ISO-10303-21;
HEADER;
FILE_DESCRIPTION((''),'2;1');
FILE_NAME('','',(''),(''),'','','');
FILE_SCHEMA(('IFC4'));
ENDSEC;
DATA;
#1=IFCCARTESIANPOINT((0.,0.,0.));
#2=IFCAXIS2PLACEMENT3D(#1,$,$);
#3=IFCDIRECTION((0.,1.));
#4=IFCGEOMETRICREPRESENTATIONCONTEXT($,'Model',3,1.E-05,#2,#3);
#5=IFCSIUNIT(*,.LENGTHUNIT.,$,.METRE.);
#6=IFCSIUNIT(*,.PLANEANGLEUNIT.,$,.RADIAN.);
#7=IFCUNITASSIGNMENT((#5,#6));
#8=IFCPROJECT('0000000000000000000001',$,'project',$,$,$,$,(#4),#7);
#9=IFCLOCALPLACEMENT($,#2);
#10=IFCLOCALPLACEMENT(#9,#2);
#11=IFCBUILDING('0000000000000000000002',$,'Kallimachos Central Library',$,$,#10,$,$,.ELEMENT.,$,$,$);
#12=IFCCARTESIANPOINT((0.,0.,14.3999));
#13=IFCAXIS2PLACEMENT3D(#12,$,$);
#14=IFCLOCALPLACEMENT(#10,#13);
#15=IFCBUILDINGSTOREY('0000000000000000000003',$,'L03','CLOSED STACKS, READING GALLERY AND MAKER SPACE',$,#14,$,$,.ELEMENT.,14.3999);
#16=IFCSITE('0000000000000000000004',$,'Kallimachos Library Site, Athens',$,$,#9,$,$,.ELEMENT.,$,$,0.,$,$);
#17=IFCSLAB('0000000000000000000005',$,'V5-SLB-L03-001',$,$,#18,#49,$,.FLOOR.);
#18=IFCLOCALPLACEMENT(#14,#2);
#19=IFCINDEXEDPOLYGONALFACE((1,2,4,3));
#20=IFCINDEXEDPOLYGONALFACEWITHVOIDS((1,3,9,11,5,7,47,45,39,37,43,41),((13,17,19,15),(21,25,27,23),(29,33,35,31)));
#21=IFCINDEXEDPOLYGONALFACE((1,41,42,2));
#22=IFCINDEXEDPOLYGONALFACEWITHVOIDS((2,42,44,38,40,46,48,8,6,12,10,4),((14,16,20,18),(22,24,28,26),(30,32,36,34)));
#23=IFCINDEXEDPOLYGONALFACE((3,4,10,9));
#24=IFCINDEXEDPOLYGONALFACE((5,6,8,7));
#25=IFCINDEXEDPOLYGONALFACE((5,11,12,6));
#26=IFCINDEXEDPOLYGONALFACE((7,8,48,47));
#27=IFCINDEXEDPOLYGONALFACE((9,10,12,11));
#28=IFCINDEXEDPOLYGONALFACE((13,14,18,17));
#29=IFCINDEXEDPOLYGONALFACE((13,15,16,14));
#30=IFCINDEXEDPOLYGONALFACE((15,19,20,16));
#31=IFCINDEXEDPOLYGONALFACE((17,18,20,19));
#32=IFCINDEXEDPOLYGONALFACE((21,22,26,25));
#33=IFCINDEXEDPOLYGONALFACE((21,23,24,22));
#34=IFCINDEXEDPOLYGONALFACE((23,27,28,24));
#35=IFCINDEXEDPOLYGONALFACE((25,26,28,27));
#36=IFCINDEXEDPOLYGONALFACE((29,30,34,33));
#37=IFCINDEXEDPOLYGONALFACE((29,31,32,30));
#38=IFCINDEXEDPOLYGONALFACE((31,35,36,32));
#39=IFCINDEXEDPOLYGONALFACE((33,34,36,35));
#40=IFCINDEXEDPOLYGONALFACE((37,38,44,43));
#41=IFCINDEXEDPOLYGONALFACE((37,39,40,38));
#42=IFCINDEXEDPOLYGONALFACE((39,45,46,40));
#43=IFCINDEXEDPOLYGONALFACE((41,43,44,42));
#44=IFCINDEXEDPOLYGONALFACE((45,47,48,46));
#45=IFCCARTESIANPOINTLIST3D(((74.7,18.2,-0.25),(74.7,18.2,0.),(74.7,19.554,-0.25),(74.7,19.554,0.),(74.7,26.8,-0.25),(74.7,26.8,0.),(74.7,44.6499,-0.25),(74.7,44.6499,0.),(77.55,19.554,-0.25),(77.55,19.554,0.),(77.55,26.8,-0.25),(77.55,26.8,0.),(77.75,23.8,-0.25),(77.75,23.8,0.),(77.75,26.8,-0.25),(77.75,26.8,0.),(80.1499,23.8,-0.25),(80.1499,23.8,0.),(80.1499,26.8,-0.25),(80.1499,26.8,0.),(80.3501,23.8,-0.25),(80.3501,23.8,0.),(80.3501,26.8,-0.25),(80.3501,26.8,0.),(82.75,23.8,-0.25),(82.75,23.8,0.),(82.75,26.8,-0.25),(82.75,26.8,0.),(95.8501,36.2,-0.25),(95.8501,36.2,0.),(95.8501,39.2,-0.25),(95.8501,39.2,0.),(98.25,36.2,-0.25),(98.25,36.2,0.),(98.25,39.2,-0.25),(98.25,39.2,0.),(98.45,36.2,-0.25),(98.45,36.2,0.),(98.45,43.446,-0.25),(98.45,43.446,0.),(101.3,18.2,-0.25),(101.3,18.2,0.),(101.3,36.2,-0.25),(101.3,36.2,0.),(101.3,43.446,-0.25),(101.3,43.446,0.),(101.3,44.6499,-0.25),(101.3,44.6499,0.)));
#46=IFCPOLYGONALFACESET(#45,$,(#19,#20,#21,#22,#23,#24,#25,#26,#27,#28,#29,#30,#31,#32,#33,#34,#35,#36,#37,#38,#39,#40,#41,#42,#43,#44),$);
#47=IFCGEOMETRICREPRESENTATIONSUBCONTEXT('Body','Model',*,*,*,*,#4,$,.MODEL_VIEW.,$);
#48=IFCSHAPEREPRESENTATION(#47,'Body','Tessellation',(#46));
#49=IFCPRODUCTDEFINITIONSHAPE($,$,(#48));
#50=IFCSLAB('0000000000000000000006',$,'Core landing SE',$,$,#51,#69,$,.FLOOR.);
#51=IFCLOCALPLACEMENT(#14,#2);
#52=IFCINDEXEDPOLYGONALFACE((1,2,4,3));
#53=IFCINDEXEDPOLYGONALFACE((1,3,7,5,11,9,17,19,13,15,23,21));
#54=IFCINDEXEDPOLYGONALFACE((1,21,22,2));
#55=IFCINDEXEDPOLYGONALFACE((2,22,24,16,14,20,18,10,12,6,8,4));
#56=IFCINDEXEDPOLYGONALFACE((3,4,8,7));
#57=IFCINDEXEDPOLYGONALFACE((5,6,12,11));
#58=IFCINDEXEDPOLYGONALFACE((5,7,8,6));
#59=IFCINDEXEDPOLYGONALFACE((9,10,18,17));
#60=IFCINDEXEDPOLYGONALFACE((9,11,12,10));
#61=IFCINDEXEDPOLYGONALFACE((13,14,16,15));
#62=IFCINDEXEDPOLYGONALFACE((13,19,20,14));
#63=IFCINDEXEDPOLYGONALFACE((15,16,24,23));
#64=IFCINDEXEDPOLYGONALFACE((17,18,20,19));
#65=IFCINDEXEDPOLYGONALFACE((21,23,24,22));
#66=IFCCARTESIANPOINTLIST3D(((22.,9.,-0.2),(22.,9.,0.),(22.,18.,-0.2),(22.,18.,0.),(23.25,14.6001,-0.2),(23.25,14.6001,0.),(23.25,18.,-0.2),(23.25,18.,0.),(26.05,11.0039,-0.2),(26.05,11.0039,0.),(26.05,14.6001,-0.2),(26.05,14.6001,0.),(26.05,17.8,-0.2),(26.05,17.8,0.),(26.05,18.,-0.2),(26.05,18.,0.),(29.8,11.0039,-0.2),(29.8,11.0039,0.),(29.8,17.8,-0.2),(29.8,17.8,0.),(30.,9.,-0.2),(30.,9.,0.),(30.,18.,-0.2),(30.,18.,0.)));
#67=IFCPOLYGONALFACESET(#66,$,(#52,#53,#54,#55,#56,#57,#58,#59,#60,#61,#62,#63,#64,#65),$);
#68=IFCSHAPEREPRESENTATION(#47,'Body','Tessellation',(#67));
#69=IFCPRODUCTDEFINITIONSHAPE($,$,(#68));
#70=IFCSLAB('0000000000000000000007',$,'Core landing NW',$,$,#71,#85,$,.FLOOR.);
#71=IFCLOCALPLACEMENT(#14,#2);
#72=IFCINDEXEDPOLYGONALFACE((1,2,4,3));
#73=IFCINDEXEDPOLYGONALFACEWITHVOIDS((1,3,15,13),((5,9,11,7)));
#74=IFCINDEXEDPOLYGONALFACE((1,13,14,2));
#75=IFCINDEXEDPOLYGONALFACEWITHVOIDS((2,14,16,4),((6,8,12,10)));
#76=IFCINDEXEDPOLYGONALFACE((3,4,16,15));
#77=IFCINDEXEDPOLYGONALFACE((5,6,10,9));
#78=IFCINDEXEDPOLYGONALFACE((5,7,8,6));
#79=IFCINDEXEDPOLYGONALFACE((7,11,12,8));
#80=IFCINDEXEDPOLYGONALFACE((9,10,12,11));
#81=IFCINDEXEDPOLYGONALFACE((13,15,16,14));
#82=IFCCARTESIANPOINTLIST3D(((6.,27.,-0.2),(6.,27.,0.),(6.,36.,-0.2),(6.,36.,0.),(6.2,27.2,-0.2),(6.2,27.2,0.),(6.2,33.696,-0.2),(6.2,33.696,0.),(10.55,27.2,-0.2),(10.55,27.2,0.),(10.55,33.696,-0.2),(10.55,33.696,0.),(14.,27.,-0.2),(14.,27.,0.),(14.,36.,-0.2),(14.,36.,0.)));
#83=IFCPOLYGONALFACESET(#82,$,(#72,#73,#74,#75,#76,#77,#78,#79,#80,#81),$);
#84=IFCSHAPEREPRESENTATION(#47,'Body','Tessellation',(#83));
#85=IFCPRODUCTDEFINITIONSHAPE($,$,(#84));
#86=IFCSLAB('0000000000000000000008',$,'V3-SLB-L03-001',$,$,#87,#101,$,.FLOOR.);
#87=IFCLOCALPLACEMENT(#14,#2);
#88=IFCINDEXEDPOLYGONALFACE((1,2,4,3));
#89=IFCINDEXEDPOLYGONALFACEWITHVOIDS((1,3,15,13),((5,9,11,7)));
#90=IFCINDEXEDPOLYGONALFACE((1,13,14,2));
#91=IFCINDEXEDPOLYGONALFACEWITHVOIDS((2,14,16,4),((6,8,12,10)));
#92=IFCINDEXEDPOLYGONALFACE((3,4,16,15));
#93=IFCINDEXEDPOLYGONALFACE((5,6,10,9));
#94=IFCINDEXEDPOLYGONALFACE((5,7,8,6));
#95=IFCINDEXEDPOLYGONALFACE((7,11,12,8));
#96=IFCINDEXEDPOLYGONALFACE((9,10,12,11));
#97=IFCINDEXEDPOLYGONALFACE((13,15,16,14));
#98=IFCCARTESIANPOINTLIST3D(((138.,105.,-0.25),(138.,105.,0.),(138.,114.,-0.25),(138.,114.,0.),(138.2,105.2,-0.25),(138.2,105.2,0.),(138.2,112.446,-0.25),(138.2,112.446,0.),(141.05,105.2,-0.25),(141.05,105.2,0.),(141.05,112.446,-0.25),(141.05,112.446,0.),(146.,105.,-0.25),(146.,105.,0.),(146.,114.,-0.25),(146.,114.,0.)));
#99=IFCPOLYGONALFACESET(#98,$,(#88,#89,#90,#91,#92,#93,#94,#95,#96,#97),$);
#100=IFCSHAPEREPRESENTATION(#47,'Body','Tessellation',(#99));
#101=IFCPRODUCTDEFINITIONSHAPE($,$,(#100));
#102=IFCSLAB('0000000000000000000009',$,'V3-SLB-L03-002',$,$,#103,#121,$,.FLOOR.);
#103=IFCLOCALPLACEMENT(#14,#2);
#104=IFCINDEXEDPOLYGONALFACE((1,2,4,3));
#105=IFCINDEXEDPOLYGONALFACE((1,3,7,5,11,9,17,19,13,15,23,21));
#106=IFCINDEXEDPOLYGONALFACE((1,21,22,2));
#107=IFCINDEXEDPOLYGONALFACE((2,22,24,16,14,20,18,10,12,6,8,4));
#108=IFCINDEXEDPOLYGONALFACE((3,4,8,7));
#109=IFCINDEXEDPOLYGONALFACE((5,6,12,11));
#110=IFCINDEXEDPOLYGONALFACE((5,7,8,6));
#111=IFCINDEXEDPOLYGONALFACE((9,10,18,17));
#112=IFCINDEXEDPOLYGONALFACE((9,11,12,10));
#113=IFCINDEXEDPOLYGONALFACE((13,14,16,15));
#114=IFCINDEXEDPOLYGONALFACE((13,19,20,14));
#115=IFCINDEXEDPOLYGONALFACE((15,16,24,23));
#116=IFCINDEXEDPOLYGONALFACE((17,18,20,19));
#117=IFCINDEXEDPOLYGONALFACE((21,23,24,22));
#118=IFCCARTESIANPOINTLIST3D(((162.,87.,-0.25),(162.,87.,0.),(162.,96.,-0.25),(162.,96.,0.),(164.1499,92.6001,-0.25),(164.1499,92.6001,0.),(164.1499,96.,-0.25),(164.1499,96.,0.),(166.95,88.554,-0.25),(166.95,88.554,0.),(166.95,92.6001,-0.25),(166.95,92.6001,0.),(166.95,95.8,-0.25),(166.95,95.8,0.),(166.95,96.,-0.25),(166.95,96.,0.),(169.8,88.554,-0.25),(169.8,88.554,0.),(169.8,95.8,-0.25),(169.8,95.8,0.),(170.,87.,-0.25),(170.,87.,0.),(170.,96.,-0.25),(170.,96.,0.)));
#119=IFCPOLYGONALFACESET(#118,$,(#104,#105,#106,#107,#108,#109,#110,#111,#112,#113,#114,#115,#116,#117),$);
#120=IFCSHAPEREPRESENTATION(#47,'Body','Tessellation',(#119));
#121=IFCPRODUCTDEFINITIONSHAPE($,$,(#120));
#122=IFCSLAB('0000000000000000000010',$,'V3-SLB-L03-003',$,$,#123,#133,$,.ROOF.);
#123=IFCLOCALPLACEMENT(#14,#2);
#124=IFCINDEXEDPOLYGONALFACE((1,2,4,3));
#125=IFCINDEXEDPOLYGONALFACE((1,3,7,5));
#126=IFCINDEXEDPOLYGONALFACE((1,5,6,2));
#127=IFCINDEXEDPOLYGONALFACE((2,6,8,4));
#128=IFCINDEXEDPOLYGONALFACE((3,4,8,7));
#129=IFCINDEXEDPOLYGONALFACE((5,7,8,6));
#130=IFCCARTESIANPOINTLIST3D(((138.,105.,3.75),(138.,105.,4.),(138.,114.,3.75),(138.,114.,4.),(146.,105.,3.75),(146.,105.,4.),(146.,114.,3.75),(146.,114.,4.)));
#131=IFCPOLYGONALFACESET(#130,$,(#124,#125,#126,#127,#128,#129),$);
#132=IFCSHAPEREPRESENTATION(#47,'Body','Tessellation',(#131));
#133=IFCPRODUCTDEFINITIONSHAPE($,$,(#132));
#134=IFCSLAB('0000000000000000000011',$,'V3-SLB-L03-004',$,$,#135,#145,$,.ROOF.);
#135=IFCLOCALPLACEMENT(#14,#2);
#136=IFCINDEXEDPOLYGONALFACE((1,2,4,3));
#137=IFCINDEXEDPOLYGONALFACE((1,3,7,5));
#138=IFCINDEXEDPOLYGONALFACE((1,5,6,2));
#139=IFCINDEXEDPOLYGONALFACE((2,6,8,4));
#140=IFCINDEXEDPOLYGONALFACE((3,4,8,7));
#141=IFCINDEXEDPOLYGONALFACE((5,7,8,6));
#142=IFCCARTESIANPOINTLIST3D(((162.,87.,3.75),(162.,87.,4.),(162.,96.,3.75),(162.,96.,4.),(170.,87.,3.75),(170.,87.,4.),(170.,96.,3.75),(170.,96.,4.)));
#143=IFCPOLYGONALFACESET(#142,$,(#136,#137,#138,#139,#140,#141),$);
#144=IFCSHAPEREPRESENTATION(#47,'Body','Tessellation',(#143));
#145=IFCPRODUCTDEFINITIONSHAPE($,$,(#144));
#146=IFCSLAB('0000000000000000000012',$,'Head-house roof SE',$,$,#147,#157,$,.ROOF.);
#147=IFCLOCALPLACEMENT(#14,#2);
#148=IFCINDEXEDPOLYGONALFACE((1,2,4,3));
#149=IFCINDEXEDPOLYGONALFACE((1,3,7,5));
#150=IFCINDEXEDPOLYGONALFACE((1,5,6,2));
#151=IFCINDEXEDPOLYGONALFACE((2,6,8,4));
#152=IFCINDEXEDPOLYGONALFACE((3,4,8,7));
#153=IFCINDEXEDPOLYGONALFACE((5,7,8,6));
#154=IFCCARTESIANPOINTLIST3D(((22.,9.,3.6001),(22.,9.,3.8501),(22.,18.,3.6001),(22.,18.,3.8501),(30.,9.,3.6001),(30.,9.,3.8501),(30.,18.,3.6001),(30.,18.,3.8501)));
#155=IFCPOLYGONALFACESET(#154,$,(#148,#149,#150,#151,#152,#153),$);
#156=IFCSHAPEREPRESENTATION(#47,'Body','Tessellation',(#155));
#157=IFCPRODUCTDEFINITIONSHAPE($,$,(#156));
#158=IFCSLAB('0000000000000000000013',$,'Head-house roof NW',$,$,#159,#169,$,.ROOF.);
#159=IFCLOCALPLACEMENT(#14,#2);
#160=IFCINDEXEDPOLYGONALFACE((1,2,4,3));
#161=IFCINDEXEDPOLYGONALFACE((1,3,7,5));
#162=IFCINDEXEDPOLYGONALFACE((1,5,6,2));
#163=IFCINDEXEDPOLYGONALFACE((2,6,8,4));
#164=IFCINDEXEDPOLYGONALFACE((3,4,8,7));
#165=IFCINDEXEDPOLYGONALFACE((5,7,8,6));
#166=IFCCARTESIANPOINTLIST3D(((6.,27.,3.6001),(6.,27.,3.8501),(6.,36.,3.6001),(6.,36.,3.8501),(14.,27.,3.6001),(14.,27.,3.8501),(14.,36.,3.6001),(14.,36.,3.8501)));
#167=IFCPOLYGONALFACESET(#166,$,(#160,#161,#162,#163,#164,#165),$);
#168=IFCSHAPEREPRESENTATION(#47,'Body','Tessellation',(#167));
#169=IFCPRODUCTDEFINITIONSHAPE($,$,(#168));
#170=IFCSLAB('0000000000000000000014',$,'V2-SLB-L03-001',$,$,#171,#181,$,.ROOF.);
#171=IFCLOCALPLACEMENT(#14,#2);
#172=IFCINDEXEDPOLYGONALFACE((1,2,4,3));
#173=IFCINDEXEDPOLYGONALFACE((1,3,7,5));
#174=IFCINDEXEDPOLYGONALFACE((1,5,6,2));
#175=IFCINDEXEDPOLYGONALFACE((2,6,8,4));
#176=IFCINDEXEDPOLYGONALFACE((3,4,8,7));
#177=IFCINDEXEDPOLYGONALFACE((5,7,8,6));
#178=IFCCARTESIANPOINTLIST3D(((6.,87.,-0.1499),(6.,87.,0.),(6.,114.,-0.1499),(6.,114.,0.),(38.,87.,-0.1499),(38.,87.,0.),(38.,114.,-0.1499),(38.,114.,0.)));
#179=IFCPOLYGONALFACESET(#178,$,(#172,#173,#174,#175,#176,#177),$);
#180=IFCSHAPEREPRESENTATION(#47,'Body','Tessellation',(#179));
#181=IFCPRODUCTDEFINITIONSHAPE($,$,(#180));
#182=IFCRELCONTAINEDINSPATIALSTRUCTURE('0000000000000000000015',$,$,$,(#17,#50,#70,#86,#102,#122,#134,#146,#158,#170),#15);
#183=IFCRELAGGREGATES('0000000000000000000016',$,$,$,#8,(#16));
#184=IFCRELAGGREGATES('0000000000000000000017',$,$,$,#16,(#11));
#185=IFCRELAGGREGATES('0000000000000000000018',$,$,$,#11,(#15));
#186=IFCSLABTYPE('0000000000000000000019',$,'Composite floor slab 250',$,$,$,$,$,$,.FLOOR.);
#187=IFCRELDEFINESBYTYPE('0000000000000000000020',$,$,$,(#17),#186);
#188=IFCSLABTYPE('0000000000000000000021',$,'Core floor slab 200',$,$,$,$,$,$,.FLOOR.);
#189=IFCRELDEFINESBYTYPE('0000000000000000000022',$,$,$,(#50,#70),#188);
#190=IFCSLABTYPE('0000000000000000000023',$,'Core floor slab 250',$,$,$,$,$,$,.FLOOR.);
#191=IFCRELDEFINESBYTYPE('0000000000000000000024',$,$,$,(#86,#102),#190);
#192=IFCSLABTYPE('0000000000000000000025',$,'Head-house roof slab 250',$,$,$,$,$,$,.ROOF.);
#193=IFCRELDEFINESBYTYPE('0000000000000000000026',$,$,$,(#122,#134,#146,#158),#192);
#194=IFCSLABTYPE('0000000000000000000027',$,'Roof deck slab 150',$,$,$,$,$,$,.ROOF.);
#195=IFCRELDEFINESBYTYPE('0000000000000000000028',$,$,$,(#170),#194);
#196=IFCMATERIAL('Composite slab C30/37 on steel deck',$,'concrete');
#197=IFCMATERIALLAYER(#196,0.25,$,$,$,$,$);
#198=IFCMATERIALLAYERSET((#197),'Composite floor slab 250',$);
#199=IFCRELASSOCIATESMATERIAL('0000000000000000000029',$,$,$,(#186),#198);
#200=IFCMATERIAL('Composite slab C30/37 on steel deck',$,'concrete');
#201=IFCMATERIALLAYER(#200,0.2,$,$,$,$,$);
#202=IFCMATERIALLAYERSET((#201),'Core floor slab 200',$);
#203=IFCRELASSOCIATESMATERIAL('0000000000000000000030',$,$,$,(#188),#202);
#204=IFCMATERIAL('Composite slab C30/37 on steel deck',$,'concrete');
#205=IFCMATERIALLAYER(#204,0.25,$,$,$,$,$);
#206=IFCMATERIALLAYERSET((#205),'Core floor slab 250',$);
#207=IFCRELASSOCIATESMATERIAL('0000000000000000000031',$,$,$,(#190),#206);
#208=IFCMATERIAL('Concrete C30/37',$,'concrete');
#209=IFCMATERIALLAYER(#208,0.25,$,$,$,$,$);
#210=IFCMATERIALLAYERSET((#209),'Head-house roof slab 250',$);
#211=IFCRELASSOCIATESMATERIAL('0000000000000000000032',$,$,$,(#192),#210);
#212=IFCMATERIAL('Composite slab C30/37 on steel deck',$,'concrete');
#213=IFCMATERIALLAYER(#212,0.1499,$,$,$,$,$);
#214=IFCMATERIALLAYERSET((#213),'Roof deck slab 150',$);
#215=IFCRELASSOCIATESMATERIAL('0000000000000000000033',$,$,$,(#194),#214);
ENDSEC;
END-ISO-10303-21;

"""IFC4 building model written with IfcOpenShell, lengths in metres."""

from ifc_helpers import new_model, si_unit, direction, frame, origin, place, context, subcontext, project, spatial, polyline, outline, extrude, material, layer, layer_set, type_object, element, save


model = new_model("IFC4")

# Units and contexts
model_context = context("Model", 3, precision=1e-05, world=origin(), true_north=direction((0.0, 1.0)))
body_context = subcontext(model_context, "Body", "Model", "MODEL_VIEW")
ifc_project = project(units=[si_unit("LENGTHUNIT", "METRE"), si_unit("PLANEANGLEUNIT", "RADIAN")], contexts=[model_context])

# Site, building, storey
site_placement = place(None, origin())
site = spatial("IfcSite", under=ifc_project, at=site_placement, Name="Kallimachos Library Site, Athens", CompositionType="ELEMENT", RefElevation=0.0)
building_placement = place(site_placement, origin())
building = spatial("IfcBuilding", under=site, at=building_placement, Name="Kallimachos Central Library", CompositionType="ELEMENT")
storey_placement = place(building_placement, frame((0.0, 0.0, 14.3999)))
storey = spatial("IfcBuildingStorey", under=building, at=storey_placement, Name="L03", Description="CLOSED STACKS, READING GALLERY AND MAKER SPACE", CompositionType="ELEMENT", Elevation=14.3999)

# Slabs
ifc_material_1 = material(Name="Composite slab C30/37 on steel deck", Category="concrete")
ifc_layer_1 = layer(ifc_material_1, 0.25)
ifc_layer_set_1 = layer_set([ifc_layer_1], Name="Composite floor slab 250")
slab_type_1 = type_object("IfcSlabType", Name="Composite floor slab 250", PredefinedType="FLOOR", material=ifc_layer_set_1)
slab_1_placement = place(storey_placement, frame((0.0, 0.0, -0.25)))
element("IfcSlab", 1, at=slab_1_placement, inside=storey, type_object=slab_type_1, Name="V5-SLB-L03-001", PredefinedType="FLOOR", context=body_context, shape_type="SweptSolid", body=[
    extrude(outline(polyline([(101.3, 18.2), (74.7, 18.2), (74.7, 19.554), (77.55, 19.554), (77.55, 26.8), (74.7, 26.8), (74.7, 44.6499), (101.3, 44.6499), (101.3, 43.446), (98.45, 43.446), (98.45, 36.2), (101.3, 36.2), (101.3, 18.2)]), holes=[polyline([(77.75, 26.8), (77.75, 23.8), (80.1499, 23.8), (80.1499, 26.8), (77.75, 26.8)]), polyline([(80.3501, 26.8), (80.3501, 23.8), (82.75, 23.8), (82.75, 26.8), (80.3501, 26.8)]), polyline([(98.25, 39.2), (95.8501, 39.2), (95.8501, 36.2), (98.25, 36.2), (98.25, 39.2)])]), origin(), (0.0, 0.0, 1.0), 0.25),
])
ifc_material_2 = material(Name="Composite slab C30/37 on steel deck", Category="concrete")
ifc_layer_2 = layer(ifc_material_2, 0.2)
ifc_layer_set_2 = layer_set([ifc_layer_2], Name="Core floor slab 200")
slab_type_2 = type_object("IfcSlabType", Name="Core floor slab 200", PredefinedType="FLOOR", material=ifc_layer_set_2)
slab_2_placement = place(storey_placement, frame((0.0, 0.0, -0.2)))
element("IfcSlab", 2, at=slab_2_placement, inside=storey, type_object=slab_type_2, Name="Core landing SE", PredefinedType="FLOOR", context=body_context, shape_type="SweptSolid", body=[
    extrude(outline(polyline([(23.25, 18.0), (23.25, 14.6001), (26.05, 14.6001), (26.05, 11.0039), (29.8, 11.0039), (29.8, 17.8), (26.05, 17.8), (26.05, 18.0), (30.0, 18.0), (30.0, 9.0), (22.0, 9.0), (22.0, 18.0), (23.25, 18.0)])), origin(), (0.0, 0.0, 1.0), 0.2),
])
slab_3_placement = place(storey_placement, frame((0.0, 0.0, -0.2)))
element("IfcSlab", 3, at=slab_3_placement, inside=storey, type_object=slab_type_2, Name="Core landing NW", PredefinedType="FLOOR", context=body_context, shape_type="SweptSolid", body=[
    extrude(outline(polyline([(14.0, 27.0), (6.0, 27.0), (6.0, 36.0), (14.0, 36.0), (14.0, 27.0)]), holes=[polyline([(10.55, 33.696), (6.2, 33.696), (6.2, 27.2), (10.55, 27.2), (10.55, 33.696)])]), origin(), (0.0, 0.0, 1.0), 0.2),
])
ifc_material_3 = material(Name="Composite slab C30/37 on steel deck", Category="concrete")
ifc_layer_3 = layer(ifc_material_3, 0.25)
ifc_layer_set_3 = layer_set([ifc_layer_3], Name="Core floor slab 250")
slab_type_3 = type_object("IfcSlabType", Name="Core floor slab 250", PredefinedType="FLOOR", material=ifc_layer_set_3)
slab_4_placement = place(storey_placement, frame((0.0, 0.0, -0.25)))
element("IfcSlab", 4, at=slab_4_placement, inside=storey, type_object=slab_type_3, Name="V3-SLB-L03-001", PredefinedType="FLOOR", context=body_context, shape_type="SweptSolid", body=[
    extrude(outline(polyline([(138.0, 114.0), (146.0, 114.0), (146.0, 105.0), (138.0, 105.0), (138.0, 114.0)]), holes=[polyline([(138.2, 105.2), (141.05, 105.2), (141.05, 112.446), (138.2, 112.446), (138.2, 105.2)])]), origin(), (0.0, 0.0, 1.0), 0.25),
])
slab_5_placement = place(storey_placement, frame((0.0, 0.0, -0.25)))
element("IfcSlab", 5, at=slab_5_placement, inside=storey, type_object=slab_type_3, Name="V3-SLB-L03-002", PredefinedType="FLOOR", context=body_context, shape_type="SweptSolid", body=[
    extrude(outline(polyline([(170.0, 96.0), (170.0, 87.0), (162.0, 87.0), (162.0, 96.0), (164.1499, 96.0), (164.1499, 92.6001), (166.95, 92.6001), (166.95, 88.554), (169.8, 88.554), (169.8, 95.8), (166.95, 95.8), (166.95, 96.0), (170.0, 96.0)])), origin(), (0.0, 0.0, 1.0), 0.25),
])
ifc_material_4 = material(Name="Concrete C30/37", Category="concrete")
ifc_layer_4 = layer(ifc_material_4, 0.25)
ifc_layer_set_4 = layer_set([ifc_layer_4], Name="Head-house roof slab 250")
slab_type_4 = type_object("IfcSlabType", Name="Head-house roof slab 250", PredefinedType="ROOF", material=ifc_layer_set_4)
slab_6_placement = place(storey_placement, frame((0.0, 0.0, 3.75)))
element("IfcSlab", 6, at=slab_6_placement, inside=storey, type_object=slab_type_4, Name="V3-SLB-L03-003", PredefinedType="ROOF", context=body_context, shape_type="SweptSolid", body=[
    extrude(outline(polyline([(138.0, 105.0), (146.0, 105.0), (146.0, 114.0), (138.0, 114.0), (138.0, 105.0)])), origin(), (0.0, 0.0, 1.0), 0.25),
])
slab_7_placement = place(storey_placement, frame((0.0, 0.0, 3.75)))
element("IfcSlab", 7, at=slab_7_placement, inside=storey, type_object=slab_type_4, Name="V3-SLB-L03-004", PredefinedType="ROOF", context=body_context, shape_type="SweptSolid", body=[
    extrude(outline(polyline([(162.0, 87.0), (170.0, 87.0), (170.0, 96.0), (162.0, 96.0), (162.0, 87.0)])), origin(), (0.0, 0.0, 1.0), 0.25),
])
slab_8_placement = place(storey_placement, frame((0.0, 0.0, 3.6001)))
element("IfcSlab", 8, at=slab_8_placement, inside=storey, type_object=slab_type_4, Name="Head-house roof SE", PredefinedType="ROOF", context=body_context, shape_type="SweptSolid", body=[
    extrude(outline(polyline([(22.0, 9.0), (30.0, 9.0), (30.0, 18.0), (22.0, 18.0), (22.0, 9.0)])), origin(), (0.0, 0.0, 1.0), 0.25),
])
slab_9_placement = place(storey_placement, frame((0.0, 0.0, 3.6001)))
element("IfcSlab", 9, at=slab_9_placement, inside=storey, type_object=slab_type_4, Name="Head-house roof NW", PredefinedType="ROOF", context=body_context, shape_type="SweptSolid", body=[
    extrude(outline(polyline([(6.0, 27.0), (14.0, 27.0), (14.0, 36.0), (6.0, 36.0), (6.0, 27.0)])), origin(), (0.0, 0.0, 1.0), 0.25),
])
ifc_material_5 = material(Name="Composite slab C30/37 on steel deck", Category="concrete")
ifc_layer_5 = layer(ifc_material_5, 0.1499)
ifc_layer_set_5 = layer_set([ifc_layer_5], Name="Roof deck slab 150")
slab_type_5 = type_object("IfcSlabType", Name="Roof deck slab 150", PredefinedType="ROOF", material=ifc_layer_set_5)
slab_10_placement = place(storey_placement, frame((0.0, 0.0, -0.1499)))
element("IfcSlab", 10, at=slab_10_placement, inside=storey, type_object=slab_type_5, Name="V2-SLB-L03-001", PredefinedType="ROOF", context=body_context, shape_type="SweptSolid", body=[
    extrude(outline(polyline([(6.0, 87.0), (38.0, 87.0), (38.0, 114.0), (6.0, 114.0), (6.0, 87.0)])), origin(), (0.0, 0.0, 1.0), 0.1499),
])

save(model, "model.ifc")
